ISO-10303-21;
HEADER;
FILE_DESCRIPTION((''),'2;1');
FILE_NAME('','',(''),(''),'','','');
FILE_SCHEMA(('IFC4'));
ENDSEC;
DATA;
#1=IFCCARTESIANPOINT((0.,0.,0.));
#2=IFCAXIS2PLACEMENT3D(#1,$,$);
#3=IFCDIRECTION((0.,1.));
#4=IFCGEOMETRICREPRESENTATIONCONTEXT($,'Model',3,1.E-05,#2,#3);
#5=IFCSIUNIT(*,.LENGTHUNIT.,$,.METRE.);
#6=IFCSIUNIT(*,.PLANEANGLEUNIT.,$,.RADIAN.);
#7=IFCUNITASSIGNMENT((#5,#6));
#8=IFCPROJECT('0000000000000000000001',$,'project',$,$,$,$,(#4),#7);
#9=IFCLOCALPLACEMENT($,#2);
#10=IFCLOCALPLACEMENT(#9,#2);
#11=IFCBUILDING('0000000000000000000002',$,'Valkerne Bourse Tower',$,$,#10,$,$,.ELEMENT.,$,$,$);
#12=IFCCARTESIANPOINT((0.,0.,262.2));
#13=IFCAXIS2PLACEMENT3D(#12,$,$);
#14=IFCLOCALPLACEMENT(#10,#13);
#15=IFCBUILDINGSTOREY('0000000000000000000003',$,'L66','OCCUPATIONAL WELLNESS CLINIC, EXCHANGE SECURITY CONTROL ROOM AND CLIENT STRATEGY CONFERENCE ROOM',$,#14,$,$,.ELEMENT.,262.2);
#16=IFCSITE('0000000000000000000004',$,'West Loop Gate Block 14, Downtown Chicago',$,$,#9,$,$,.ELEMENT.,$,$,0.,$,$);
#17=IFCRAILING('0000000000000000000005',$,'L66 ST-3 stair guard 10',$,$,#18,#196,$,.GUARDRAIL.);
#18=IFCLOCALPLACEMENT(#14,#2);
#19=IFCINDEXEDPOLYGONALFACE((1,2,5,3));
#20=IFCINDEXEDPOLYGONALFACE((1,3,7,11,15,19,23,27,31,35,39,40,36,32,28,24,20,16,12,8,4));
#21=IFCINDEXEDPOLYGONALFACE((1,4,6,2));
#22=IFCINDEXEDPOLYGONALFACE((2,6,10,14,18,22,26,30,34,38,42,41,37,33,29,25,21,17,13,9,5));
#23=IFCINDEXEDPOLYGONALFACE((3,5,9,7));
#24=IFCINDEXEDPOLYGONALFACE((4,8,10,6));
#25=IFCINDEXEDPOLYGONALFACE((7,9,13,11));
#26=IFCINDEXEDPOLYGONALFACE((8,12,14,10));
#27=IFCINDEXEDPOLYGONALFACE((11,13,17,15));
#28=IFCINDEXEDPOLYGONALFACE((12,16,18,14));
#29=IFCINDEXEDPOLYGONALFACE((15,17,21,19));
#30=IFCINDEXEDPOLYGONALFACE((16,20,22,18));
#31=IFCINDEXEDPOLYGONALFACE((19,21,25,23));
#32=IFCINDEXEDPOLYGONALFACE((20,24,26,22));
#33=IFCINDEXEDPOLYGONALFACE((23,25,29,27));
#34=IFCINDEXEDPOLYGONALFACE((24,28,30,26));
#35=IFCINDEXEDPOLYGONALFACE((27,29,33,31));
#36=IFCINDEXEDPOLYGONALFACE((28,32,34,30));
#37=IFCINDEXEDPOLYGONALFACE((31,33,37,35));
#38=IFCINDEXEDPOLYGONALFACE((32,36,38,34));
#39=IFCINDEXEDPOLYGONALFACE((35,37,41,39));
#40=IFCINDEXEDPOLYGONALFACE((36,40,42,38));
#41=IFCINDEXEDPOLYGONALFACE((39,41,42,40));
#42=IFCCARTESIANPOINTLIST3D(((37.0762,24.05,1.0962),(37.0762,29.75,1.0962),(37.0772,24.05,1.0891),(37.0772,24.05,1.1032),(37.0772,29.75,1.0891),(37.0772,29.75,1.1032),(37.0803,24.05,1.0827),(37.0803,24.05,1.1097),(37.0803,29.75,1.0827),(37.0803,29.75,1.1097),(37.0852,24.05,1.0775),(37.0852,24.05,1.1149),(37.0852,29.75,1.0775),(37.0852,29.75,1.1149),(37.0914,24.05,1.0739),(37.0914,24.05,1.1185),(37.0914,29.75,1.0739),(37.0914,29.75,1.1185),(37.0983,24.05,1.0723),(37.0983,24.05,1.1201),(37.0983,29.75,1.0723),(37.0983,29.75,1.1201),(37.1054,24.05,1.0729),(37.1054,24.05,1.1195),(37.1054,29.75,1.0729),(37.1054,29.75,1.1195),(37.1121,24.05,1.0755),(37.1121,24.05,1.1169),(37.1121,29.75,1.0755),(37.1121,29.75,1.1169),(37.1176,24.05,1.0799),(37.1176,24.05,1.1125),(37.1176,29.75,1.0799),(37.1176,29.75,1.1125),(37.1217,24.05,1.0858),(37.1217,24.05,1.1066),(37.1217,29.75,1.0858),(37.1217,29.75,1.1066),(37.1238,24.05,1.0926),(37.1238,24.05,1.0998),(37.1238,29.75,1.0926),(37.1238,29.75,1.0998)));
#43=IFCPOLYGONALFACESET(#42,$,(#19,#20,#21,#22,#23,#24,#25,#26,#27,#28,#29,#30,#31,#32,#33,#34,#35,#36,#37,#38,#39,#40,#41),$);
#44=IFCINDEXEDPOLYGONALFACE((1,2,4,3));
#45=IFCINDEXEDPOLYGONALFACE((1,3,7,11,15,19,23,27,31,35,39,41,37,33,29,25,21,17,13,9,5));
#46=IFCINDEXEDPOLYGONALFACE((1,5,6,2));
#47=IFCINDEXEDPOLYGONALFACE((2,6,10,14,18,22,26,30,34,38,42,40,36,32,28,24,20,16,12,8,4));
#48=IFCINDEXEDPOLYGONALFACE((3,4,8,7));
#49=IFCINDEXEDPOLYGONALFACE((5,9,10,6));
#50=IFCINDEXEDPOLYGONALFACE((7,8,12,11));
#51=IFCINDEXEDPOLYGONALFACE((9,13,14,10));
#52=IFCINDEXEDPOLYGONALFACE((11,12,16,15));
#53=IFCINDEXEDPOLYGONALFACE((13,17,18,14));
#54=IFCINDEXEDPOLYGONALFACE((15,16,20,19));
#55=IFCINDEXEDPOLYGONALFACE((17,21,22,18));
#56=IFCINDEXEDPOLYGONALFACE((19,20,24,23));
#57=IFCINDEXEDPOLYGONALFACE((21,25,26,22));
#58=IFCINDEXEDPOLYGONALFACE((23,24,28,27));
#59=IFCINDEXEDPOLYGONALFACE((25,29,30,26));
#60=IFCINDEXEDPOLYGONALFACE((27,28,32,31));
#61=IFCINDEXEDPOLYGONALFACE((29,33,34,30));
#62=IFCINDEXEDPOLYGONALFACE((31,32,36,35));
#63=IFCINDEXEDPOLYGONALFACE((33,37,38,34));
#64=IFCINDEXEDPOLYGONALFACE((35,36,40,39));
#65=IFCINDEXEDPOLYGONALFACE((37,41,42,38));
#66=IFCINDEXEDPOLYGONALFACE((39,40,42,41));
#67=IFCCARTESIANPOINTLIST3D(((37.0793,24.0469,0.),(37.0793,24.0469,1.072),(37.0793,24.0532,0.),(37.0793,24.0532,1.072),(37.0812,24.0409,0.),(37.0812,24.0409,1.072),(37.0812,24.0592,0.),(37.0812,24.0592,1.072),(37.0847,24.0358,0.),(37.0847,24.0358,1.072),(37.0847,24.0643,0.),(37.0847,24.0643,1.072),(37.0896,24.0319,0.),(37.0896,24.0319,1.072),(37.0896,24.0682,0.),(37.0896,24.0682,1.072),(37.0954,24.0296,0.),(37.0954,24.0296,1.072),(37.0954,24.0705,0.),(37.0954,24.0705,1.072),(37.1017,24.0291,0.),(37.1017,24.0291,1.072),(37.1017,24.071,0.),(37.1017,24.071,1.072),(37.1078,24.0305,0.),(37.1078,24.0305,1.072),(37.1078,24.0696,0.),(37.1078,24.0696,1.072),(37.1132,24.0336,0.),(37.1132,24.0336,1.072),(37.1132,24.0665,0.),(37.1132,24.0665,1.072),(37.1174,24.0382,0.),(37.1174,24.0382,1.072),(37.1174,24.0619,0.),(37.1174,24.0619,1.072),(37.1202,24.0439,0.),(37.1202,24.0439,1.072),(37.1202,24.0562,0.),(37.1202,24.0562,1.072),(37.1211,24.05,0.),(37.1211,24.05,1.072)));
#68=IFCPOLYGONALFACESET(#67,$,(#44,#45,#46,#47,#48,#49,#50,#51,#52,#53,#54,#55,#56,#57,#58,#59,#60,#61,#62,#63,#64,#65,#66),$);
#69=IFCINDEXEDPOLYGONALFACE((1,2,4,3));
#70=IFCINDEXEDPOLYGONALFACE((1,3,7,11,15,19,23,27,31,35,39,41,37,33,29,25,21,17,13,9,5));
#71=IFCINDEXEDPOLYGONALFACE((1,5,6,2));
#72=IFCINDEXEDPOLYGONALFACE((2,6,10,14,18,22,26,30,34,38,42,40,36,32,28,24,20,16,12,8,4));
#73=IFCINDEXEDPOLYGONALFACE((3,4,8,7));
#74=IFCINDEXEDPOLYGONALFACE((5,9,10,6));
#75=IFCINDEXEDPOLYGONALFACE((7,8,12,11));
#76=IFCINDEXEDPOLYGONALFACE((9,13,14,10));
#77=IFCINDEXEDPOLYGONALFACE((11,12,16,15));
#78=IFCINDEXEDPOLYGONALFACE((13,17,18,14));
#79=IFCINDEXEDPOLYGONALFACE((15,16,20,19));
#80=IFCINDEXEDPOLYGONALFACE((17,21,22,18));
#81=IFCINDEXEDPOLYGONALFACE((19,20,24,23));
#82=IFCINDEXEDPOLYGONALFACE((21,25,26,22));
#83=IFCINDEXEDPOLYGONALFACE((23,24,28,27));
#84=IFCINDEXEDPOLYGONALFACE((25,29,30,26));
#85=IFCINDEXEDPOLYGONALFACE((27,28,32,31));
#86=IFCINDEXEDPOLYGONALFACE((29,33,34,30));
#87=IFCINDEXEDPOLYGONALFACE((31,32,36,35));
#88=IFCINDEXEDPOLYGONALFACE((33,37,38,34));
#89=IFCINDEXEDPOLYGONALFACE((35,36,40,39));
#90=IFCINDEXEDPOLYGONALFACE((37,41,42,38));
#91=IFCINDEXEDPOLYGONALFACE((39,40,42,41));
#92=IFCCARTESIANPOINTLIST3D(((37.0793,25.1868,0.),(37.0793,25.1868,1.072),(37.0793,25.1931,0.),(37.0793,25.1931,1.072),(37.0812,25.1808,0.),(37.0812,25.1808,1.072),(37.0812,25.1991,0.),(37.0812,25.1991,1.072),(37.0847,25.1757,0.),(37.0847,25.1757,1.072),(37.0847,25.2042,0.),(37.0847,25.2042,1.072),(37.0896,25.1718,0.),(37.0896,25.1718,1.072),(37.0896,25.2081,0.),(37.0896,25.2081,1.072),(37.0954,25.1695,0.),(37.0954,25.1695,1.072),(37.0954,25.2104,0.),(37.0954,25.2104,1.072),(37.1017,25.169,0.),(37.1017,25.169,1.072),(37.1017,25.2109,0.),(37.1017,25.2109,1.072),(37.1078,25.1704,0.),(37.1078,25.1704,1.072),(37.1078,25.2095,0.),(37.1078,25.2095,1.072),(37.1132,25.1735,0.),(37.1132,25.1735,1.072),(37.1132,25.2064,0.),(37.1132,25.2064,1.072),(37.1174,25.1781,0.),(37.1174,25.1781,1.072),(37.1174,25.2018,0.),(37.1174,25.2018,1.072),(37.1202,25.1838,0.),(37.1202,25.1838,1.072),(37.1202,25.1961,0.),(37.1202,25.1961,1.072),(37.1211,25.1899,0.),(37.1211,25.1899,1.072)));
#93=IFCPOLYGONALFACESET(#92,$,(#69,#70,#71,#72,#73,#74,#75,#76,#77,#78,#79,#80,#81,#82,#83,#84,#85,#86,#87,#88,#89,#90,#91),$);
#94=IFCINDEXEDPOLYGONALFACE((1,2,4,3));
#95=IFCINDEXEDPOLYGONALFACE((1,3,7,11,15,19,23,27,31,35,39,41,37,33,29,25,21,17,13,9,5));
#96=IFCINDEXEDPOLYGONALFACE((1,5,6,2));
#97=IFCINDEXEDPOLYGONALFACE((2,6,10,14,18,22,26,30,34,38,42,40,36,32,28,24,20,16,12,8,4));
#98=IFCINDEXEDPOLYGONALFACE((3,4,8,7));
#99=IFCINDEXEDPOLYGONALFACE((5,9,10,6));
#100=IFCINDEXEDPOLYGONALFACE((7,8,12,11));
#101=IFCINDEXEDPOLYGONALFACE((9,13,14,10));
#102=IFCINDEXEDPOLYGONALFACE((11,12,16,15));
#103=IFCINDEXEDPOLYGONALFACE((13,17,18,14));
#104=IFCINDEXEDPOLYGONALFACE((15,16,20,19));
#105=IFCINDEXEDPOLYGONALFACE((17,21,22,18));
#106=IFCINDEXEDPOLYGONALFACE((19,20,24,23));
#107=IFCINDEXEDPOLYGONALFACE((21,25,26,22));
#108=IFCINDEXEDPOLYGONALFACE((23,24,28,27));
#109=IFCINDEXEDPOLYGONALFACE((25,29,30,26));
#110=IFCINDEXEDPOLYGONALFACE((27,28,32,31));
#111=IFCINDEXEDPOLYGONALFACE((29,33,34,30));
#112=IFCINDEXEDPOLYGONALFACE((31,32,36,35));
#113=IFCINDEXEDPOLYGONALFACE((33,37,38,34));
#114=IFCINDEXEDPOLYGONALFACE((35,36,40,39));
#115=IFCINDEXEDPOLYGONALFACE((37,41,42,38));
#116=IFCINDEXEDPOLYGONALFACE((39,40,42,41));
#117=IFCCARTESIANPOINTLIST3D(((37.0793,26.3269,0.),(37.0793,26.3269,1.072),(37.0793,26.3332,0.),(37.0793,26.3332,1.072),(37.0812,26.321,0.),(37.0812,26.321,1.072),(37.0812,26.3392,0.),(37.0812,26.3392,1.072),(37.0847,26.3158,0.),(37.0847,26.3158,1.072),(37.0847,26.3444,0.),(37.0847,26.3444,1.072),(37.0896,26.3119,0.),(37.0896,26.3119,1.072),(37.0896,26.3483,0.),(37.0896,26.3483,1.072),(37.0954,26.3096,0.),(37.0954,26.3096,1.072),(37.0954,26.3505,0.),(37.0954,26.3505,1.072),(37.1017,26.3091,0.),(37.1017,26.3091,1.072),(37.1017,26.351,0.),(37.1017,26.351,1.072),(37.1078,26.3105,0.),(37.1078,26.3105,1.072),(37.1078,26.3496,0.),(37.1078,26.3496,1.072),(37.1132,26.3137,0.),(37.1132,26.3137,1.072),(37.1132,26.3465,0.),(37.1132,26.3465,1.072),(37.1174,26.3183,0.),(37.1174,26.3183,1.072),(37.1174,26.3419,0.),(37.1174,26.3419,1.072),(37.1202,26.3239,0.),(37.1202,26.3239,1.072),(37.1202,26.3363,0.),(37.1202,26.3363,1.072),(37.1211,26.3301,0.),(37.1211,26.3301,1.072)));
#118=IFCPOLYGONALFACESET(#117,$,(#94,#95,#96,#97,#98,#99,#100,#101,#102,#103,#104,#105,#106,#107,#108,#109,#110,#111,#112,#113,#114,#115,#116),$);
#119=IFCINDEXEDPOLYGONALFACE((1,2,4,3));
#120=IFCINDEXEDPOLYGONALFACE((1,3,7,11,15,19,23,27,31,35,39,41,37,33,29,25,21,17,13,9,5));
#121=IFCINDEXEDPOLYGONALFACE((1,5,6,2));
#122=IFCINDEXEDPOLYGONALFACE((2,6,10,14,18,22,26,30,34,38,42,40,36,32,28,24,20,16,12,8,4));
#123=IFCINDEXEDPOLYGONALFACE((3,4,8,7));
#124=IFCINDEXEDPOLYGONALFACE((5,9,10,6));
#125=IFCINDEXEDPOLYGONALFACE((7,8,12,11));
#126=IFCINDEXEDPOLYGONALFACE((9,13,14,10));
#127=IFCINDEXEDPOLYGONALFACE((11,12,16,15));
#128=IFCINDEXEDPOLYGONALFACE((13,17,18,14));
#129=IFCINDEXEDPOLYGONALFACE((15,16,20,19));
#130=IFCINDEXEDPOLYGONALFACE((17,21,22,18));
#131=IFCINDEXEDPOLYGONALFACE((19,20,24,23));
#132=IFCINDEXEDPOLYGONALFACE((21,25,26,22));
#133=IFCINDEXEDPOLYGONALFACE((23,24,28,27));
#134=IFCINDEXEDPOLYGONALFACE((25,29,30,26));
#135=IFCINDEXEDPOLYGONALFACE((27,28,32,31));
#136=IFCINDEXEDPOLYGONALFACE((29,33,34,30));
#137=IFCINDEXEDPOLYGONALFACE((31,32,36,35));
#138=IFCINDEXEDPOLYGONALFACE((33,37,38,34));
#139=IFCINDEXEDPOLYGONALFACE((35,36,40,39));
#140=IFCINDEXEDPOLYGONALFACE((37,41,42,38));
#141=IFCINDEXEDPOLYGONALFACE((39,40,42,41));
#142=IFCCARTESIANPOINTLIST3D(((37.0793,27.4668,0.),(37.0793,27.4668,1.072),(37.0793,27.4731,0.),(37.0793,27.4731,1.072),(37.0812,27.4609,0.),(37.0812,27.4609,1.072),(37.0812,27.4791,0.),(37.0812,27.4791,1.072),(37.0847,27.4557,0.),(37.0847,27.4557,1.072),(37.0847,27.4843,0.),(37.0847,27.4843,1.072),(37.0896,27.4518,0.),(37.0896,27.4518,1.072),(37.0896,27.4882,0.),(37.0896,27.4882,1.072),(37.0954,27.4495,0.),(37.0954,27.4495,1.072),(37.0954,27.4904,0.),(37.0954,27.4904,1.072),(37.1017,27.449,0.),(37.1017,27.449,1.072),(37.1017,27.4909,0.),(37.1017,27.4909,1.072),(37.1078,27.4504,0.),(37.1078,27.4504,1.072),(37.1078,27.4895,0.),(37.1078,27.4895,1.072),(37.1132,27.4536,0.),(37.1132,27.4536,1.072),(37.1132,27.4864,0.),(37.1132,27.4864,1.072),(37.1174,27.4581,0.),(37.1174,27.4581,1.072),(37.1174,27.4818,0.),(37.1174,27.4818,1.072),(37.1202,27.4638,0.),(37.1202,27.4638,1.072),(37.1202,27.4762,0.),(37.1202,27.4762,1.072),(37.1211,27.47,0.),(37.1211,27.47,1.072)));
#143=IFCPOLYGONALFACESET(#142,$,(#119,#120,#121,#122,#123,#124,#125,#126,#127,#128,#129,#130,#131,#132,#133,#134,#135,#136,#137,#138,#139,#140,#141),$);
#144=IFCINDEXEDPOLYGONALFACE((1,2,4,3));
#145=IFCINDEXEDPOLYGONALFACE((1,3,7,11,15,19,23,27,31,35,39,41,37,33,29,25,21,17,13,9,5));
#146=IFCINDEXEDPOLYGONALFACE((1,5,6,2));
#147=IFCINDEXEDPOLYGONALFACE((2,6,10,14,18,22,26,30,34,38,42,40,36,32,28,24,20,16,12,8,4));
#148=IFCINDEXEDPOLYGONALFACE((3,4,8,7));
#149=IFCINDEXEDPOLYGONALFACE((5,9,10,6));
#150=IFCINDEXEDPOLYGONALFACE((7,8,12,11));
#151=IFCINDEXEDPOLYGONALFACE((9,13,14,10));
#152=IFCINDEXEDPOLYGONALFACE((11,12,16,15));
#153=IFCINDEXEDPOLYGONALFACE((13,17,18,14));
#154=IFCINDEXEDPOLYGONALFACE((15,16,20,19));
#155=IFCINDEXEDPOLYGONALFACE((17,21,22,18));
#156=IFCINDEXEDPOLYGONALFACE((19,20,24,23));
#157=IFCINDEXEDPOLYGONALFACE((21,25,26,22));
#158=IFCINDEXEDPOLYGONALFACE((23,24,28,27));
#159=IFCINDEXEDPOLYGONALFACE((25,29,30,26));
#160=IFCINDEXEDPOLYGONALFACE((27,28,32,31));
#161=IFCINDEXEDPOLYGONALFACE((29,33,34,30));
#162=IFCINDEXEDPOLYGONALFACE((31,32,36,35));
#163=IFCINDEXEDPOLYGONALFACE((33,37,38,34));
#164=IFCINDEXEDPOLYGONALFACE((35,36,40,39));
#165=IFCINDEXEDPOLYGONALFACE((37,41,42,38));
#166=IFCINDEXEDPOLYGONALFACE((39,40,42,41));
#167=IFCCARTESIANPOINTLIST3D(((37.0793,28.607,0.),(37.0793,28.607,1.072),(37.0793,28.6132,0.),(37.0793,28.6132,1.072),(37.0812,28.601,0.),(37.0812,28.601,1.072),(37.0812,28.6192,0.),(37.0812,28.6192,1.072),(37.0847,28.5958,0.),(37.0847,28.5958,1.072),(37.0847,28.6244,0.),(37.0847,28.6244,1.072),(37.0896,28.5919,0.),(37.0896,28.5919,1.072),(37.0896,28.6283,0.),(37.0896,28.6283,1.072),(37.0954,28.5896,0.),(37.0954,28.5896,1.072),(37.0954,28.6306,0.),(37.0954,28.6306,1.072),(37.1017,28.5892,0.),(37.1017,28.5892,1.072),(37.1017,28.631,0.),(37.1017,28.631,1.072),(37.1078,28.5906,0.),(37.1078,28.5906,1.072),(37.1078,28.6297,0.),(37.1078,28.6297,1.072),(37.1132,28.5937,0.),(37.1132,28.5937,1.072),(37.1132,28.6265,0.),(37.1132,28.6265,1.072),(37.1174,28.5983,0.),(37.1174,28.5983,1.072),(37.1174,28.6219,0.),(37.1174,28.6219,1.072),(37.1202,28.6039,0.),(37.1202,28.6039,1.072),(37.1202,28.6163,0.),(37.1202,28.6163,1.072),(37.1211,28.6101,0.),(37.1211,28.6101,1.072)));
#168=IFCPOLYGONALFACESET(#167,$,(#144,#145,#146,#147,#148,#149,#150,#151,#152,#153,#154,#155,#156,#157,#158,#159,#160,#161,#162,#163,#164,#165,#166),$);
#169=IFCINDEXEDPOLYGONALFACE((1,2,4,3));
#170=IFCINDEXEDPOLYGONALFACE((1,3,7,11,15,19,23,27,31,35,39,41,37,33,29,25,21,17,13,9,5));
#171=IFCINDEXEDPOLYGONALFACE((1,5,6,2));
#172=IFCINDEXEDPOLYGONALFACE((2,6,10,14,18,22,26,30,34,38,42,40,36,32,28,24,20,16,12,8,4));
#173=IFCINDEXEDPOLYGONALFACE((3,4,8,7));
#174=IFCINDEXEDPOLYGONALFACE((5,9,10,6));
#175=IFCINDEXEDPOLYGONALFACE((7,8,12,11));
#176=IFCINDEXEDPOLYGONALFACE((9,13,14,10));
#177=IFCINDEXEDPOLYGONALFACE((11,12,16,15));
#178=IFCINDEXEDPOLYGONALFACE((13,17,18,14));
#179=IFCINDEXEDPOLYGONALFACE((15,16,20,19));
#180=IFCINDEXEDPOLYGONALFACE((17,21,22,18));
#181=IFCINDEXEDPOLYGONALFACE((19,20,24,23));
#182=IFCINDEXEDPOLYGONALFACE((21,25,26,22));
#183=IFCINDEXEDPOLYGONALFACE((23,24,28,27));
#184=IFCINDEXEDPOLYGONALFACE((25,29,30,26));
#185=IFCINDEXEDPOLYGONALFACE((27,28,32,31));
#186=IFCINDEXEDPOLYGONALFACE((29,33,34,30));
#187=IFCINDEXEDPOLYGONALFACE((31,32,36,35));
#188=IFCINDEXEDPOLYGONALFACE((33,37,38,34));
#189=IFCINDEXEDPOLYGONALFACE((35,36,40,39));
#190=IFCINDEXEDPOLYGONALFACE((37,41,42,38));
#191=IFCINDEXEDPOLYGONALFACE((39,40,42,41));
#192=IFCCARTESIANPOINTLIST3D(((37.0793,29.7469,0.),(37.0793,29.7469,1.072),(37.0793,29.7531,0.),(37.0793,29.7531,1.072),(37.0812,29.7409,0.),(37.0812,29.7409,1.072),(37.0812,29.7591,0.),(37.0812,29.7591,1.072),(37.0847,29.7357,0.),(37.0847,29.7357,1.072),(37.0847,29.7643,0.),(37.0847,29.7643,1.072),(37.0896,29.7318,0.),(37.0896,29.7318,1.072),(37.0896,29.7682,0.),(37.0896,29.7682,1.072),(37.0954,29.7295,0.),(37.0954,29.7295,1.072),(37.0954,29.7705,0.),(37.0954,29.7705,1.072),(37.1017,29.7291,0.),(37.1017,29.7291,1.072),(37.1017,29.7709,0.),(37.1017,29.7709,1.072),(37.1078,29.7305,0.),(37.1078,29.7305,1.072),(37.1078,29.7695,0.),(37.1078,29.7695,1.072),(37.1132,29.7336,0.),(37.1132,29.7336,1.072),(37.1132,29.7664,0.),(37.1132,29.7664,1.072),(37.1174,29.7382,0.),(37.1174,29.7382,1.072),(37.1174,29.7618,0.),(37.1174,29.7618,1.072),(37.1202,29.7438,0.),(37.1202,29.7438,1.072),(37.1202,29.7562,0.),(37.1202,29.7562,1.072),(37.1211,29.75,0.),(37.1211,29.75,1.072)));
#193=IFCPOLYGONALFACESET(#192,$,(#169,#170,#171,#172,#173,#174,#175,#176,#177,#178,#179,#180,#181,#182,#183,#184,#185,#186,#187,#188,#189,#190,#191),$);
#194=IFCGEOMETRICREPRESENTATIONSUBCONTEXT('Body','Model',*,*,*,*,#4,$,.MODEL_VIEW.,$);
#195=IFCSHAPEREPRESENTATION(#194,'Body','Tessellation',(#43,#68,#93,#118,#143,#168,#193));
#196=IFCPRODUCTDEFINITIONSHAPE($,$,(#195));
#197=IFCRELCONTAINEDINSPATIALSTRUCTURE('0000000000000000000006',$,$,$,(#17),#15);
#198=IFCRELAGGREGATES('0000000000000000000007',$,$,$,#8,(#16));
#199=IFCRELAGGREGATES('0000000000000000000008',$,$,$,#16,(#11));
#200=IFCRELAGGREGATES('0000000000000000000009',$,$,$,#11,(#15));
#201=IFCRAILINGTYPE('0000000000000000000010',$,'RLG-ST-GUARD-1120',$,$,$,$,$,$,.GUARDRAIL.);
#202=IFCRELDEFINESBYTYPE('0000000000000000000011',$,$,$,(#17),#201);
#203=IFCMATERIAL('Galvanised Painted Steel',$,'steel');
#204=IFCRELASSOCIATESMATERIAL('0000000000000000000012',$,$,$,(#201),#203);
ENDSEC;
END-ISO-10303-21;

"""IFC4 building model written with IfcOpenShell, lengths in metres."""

from ifc_helpers import new_model, si_unit, direction, frame, origin, origin_2d, place, context, subcontext, project, spatial, circle, extrude, material, type_object, element, save


model = new_model("IFC4")

# Units and contexts
model_context = context("Model", 3, precision=1e-05, world=origin(), true_north=direction((0.0, 1.0)))
body_context = subcontext(model_context, "Body", "Model", "MODEL_VIEW")
ifc_project = project(units=[si_unit("LENGTHUNIT", "METRE"), si_unit("PLANEANGLEUNIT", "RADIAN")], contexts=[model_context])

# Site, building, storey
site_placement = place(None, origin())
site = spatial("IfcSite", under=ifc_project, at=site_placement, Name="West Loop Gate Block 14, Downtown Chicago", CompositionType="ELEMENT", RefElevation=0.0)
building_placement = place(site_placement, origin())
building = spatial("IfcBuilding", under=site, at=building_placement, Name="Valkerne Bourse Tower", CompositionType="ELEMENT")
storey_placement = place(building_placement, frame((0.0, 0.0, 262.2)))
storey = spatial("IfcBuildingStorey", under=building, at=storey_placement, Name="L66", Description="OCCUPATIONAL WELLNESS CLINIC, EXCHANGE SECURITY CONTROL ROOM AND CLIENT STRATEGY CONFERENCE ROOM", CompositionType="ELEMENT", Elevation=262.2)

# Railing
ifc_material_1 = material(Name="Galvanised Painted Steel", Category="steel")
railing_type_1 = type_object("IfcRailingType", Name="RLG-ST-GUARD-1120", PredefinedType="GUARDRAIL", material=ifc_material_1)
railing_1_placement = place(storey_placement, frame((37.1001, 24.05, 0.0)))
element("IfcRailing", 1, at=railing_1_placement, inside=storey, type_object=railing_type_1, Name="L66 ST-3 stair guard 10", PredefinedType="GUARDRAIL", context=body_context, shape_type="SweptSolid", body=[
    extrude(circle(Radius=0.0239, at=origin_2d()), frame((0.0, 0.0, 1.0962), z_axis=(0.0, 1.0, 0.0), x_axis=(-1.0, 0.0, 0.0)), (0.0, 0.0, 1.0), 5.7),
    extrude(circle(Radius=0.021, at=origin_2d()), origin(), (0.0, 0.0, 1.0), 1.072),
    extrude(circle(Radius=0.021, at=origin_2d()), frame((0.0, 1.1399, 0.0)), (0.0, 0.0, 1.0), 1.072),
    extrude(circle(Radius=0.021, at=origin_2d()), frame((0.0, 2.28, 0.0)), (0.0, 0.0, 1.0), 1.072),
    extrude(circle(Radius=0.021, at=origin_2d()), frame((0.0, 3.4199, 0.0)), (0.0, 0.0, 1.0), 1.072),
    extrude(circle(Radius=0.021, at=origin_2d()), frame((0.0, 4.5601, 0.0)), (0.0, 0.0, 1.0), 1.072),
    extrude(circle(Radius=0.021, at=origin_2d()), frame((0.0, 5.7, 0.0)), (0.0, 0.0, 1.0), 1.072),
])

save(model, "model.ifc")
